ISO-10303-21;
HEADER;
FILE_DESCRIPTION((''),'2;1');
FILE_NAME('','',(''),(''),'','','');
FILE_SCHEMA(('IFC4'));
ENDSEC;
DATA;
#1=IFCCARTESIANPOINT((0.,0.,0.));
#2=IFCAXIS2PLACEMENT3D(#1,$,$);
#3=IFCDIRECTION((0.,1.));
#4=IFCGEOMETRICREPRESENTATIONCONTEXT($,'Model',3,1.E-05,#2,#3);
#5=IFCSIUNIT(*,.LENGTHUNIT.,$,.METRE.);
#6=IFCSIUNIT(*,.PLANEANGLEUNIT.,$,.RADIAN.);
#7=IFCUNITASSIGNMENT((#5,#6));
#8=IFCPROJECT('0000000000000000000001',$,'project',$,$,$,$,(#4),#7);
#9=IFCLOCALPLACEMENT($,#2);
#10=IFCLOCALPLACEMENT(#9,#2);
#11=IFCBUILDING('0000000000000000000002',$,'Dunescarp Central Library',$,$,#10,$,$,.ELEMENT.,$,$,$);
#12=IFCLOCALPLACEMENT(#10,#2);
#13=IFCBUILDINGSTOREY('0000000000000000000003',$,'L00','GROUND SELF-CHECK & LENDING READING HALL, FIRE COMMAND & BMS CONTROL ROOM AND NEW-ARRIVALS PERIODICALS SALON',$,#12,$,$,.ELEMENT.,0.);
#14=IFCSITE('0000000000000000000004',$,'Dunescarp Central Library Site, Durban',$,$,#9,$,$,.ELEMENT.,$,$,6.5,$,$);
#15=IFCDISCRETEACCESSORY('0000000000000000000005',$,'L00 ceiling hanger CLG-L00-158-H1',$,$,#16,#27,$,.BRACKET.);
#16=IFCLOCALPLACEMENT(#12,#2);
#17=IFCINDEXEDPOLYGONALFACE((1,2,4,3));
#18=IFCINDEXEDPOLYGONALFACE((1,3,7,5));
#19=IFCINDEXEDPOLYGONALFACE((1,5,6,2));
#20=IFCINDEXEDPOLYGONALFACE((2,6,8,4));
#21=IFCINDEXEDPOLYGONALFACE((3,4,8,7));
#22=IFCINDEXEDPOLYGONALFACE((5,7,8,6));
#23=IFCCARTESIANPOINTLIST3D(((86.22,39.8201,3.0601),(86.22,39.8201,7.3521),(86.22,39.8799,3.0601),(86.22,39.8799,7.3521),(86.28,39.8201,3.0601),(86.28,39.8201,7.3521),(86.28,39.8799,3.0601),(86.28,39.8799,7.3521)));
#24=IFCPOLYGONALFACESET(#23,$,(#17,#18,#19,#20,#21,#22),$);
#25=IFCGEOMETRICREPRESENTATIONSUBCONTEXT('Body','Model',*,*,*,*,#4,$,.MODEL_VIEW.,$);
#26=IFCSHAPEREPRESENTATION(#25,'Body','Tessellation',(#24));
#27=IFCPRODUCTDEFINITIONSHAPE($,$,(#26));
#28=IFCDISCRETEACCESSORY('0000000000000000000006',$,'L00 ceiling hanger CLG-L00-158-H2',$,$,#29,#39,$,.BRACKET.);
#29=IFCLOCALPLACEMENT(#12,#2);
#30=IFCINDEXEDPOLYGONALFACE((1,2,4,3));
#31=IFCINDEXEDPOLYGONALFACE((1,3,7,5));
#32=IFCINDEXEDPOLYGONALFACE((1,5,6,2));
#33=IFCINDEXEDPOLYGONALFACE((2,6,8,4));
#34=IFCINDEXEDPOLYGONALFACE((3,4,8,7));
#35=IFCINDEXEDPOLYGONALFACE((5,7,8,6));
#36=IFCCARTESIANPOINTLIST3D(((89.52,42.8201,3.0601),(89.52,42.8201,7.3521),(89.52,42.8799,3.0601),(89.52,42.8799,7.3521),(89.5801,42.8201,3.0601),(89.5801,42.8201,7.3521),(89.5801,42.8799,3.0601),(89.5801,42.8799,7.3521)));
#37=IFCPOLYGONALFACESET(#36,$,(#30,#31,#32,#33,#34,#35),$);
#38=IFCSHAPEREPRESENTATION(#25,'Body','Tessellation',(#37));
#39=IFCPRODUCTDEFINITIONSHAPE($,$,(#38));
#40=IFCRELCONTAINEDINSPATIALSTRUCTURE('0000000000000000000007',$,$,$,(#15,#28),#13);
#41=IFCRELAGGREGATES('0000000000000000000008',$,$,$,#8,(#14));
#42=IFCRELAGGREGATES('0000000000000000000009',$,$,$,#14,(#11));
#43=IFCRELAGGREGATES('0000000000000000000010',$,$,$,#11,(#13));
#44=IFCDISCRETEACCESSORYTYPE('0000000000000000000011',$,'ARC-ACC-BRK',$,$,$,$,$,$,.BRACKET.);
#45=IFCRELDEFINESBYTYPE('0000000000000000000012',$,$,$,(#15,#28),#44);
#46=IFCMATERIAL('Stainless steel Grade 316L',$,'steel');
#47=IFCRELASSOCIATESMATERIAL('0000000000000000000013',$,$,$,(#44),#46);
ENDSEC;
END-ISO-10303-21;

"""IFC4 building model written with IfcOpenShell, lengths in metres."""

from ifc_helpers import new_model, si_unit, direction, frame, origin, place, context, subcontext, project, spatial, polyline, outline, extrude, material, type_object, element, save


model = new_model("IFC4")

# Units and contexts
model_context = context("Model", 3, precision=1e-05, world=origin(), true_north=direction((0.0, 1.0)))
body_context = subcontext(model_context, "Body", "Model", "MODEL_VIEW")
ifc_project = project(units=[si_unit("LENGTHUNIT", "METRE"), si_unit("PLANEANGLEUNIT", "RADIAN")], contexts=[model_context])

# Site, building, storey
site_placement = place(None, origin())
site = spatial("IfcSite", under=ifc_project, at=site_placement, Name="Dunescarp Central Library Site, Durban", CompositionType="ELEMENT", RefElevation=6.5)
building_placement = place(site_placement, origin())
building = spatial("IfcBuilding", under=site, at=building_placement, Name="Dunescarp Central Library", CompositionType="ELEMENT")
storey_placement = place(building_placement, origin())
storey = spatial("IfcBuildingStorey", under=building, at=storey_placement, Name="L00", Description="GROUND SELF-CHECK & LENDING READING HALL, FIRE COMMAND & BMS CONTROL ROOM AND NEW-ARRIVALS PERIODICALS SALON", CompositionType="ELEMENT", Elevation=0.0)

# Discrete accessories
ifc_material_1 = material(Name="Stainless steel Grade 316L", Category="steel")
discrete_accessory_type = type_object("IfcDiscreteAccessoryType", Name="ARC-ACC-BRK", PredefinedType="BRACKET", material=ifc_material_1)
discrete_accessory_1_placement = place(storey_placement, frame((0.0, 0.0, 3.0601)))
element("IfcDiscreteAccessory", 1, at=discrete_accessory_1_placement, inside=storey, type_object=discrete_accessory_type, Name="L00 ceiling hanger CLG-L00-158-H1", PredefinedType="BRACKET", context=body_context, shape_type="SweptSolid", body=[
    extrude(outline(polyline([(86.22, 39.8201), (86.28, 39.8201), (86.28, 39.8799), (86.22, 39.8799), (86.22, 39.8201)])), origin(), (0.0, 0.0, 1.0), 4.292),
])
discrete_accessory_2_placement = place(storey_placement, frame((0.0, 0.0, 3.0601)))
element("IfcDiscreteAccessory", 2, at=discrete_accessory_2_placement, inside=storey, type_object=discrete_accessory_type, Name="L00 ceiling hanger CLG-L00-158-H2", PredefinedType="BRACKET", context=body_context, shape_type="SweptSolid", body=[
    extrude(outline(polyline([(89.52, 42.8201), (89.5801, 42.8201), (89.5801, 42.8799), (89.52, 42.8799), (89.52, 42.8201)])), origin(), (0.0, 0.0, 1.0), 4.292),
])

save(model, "model.ifc")
